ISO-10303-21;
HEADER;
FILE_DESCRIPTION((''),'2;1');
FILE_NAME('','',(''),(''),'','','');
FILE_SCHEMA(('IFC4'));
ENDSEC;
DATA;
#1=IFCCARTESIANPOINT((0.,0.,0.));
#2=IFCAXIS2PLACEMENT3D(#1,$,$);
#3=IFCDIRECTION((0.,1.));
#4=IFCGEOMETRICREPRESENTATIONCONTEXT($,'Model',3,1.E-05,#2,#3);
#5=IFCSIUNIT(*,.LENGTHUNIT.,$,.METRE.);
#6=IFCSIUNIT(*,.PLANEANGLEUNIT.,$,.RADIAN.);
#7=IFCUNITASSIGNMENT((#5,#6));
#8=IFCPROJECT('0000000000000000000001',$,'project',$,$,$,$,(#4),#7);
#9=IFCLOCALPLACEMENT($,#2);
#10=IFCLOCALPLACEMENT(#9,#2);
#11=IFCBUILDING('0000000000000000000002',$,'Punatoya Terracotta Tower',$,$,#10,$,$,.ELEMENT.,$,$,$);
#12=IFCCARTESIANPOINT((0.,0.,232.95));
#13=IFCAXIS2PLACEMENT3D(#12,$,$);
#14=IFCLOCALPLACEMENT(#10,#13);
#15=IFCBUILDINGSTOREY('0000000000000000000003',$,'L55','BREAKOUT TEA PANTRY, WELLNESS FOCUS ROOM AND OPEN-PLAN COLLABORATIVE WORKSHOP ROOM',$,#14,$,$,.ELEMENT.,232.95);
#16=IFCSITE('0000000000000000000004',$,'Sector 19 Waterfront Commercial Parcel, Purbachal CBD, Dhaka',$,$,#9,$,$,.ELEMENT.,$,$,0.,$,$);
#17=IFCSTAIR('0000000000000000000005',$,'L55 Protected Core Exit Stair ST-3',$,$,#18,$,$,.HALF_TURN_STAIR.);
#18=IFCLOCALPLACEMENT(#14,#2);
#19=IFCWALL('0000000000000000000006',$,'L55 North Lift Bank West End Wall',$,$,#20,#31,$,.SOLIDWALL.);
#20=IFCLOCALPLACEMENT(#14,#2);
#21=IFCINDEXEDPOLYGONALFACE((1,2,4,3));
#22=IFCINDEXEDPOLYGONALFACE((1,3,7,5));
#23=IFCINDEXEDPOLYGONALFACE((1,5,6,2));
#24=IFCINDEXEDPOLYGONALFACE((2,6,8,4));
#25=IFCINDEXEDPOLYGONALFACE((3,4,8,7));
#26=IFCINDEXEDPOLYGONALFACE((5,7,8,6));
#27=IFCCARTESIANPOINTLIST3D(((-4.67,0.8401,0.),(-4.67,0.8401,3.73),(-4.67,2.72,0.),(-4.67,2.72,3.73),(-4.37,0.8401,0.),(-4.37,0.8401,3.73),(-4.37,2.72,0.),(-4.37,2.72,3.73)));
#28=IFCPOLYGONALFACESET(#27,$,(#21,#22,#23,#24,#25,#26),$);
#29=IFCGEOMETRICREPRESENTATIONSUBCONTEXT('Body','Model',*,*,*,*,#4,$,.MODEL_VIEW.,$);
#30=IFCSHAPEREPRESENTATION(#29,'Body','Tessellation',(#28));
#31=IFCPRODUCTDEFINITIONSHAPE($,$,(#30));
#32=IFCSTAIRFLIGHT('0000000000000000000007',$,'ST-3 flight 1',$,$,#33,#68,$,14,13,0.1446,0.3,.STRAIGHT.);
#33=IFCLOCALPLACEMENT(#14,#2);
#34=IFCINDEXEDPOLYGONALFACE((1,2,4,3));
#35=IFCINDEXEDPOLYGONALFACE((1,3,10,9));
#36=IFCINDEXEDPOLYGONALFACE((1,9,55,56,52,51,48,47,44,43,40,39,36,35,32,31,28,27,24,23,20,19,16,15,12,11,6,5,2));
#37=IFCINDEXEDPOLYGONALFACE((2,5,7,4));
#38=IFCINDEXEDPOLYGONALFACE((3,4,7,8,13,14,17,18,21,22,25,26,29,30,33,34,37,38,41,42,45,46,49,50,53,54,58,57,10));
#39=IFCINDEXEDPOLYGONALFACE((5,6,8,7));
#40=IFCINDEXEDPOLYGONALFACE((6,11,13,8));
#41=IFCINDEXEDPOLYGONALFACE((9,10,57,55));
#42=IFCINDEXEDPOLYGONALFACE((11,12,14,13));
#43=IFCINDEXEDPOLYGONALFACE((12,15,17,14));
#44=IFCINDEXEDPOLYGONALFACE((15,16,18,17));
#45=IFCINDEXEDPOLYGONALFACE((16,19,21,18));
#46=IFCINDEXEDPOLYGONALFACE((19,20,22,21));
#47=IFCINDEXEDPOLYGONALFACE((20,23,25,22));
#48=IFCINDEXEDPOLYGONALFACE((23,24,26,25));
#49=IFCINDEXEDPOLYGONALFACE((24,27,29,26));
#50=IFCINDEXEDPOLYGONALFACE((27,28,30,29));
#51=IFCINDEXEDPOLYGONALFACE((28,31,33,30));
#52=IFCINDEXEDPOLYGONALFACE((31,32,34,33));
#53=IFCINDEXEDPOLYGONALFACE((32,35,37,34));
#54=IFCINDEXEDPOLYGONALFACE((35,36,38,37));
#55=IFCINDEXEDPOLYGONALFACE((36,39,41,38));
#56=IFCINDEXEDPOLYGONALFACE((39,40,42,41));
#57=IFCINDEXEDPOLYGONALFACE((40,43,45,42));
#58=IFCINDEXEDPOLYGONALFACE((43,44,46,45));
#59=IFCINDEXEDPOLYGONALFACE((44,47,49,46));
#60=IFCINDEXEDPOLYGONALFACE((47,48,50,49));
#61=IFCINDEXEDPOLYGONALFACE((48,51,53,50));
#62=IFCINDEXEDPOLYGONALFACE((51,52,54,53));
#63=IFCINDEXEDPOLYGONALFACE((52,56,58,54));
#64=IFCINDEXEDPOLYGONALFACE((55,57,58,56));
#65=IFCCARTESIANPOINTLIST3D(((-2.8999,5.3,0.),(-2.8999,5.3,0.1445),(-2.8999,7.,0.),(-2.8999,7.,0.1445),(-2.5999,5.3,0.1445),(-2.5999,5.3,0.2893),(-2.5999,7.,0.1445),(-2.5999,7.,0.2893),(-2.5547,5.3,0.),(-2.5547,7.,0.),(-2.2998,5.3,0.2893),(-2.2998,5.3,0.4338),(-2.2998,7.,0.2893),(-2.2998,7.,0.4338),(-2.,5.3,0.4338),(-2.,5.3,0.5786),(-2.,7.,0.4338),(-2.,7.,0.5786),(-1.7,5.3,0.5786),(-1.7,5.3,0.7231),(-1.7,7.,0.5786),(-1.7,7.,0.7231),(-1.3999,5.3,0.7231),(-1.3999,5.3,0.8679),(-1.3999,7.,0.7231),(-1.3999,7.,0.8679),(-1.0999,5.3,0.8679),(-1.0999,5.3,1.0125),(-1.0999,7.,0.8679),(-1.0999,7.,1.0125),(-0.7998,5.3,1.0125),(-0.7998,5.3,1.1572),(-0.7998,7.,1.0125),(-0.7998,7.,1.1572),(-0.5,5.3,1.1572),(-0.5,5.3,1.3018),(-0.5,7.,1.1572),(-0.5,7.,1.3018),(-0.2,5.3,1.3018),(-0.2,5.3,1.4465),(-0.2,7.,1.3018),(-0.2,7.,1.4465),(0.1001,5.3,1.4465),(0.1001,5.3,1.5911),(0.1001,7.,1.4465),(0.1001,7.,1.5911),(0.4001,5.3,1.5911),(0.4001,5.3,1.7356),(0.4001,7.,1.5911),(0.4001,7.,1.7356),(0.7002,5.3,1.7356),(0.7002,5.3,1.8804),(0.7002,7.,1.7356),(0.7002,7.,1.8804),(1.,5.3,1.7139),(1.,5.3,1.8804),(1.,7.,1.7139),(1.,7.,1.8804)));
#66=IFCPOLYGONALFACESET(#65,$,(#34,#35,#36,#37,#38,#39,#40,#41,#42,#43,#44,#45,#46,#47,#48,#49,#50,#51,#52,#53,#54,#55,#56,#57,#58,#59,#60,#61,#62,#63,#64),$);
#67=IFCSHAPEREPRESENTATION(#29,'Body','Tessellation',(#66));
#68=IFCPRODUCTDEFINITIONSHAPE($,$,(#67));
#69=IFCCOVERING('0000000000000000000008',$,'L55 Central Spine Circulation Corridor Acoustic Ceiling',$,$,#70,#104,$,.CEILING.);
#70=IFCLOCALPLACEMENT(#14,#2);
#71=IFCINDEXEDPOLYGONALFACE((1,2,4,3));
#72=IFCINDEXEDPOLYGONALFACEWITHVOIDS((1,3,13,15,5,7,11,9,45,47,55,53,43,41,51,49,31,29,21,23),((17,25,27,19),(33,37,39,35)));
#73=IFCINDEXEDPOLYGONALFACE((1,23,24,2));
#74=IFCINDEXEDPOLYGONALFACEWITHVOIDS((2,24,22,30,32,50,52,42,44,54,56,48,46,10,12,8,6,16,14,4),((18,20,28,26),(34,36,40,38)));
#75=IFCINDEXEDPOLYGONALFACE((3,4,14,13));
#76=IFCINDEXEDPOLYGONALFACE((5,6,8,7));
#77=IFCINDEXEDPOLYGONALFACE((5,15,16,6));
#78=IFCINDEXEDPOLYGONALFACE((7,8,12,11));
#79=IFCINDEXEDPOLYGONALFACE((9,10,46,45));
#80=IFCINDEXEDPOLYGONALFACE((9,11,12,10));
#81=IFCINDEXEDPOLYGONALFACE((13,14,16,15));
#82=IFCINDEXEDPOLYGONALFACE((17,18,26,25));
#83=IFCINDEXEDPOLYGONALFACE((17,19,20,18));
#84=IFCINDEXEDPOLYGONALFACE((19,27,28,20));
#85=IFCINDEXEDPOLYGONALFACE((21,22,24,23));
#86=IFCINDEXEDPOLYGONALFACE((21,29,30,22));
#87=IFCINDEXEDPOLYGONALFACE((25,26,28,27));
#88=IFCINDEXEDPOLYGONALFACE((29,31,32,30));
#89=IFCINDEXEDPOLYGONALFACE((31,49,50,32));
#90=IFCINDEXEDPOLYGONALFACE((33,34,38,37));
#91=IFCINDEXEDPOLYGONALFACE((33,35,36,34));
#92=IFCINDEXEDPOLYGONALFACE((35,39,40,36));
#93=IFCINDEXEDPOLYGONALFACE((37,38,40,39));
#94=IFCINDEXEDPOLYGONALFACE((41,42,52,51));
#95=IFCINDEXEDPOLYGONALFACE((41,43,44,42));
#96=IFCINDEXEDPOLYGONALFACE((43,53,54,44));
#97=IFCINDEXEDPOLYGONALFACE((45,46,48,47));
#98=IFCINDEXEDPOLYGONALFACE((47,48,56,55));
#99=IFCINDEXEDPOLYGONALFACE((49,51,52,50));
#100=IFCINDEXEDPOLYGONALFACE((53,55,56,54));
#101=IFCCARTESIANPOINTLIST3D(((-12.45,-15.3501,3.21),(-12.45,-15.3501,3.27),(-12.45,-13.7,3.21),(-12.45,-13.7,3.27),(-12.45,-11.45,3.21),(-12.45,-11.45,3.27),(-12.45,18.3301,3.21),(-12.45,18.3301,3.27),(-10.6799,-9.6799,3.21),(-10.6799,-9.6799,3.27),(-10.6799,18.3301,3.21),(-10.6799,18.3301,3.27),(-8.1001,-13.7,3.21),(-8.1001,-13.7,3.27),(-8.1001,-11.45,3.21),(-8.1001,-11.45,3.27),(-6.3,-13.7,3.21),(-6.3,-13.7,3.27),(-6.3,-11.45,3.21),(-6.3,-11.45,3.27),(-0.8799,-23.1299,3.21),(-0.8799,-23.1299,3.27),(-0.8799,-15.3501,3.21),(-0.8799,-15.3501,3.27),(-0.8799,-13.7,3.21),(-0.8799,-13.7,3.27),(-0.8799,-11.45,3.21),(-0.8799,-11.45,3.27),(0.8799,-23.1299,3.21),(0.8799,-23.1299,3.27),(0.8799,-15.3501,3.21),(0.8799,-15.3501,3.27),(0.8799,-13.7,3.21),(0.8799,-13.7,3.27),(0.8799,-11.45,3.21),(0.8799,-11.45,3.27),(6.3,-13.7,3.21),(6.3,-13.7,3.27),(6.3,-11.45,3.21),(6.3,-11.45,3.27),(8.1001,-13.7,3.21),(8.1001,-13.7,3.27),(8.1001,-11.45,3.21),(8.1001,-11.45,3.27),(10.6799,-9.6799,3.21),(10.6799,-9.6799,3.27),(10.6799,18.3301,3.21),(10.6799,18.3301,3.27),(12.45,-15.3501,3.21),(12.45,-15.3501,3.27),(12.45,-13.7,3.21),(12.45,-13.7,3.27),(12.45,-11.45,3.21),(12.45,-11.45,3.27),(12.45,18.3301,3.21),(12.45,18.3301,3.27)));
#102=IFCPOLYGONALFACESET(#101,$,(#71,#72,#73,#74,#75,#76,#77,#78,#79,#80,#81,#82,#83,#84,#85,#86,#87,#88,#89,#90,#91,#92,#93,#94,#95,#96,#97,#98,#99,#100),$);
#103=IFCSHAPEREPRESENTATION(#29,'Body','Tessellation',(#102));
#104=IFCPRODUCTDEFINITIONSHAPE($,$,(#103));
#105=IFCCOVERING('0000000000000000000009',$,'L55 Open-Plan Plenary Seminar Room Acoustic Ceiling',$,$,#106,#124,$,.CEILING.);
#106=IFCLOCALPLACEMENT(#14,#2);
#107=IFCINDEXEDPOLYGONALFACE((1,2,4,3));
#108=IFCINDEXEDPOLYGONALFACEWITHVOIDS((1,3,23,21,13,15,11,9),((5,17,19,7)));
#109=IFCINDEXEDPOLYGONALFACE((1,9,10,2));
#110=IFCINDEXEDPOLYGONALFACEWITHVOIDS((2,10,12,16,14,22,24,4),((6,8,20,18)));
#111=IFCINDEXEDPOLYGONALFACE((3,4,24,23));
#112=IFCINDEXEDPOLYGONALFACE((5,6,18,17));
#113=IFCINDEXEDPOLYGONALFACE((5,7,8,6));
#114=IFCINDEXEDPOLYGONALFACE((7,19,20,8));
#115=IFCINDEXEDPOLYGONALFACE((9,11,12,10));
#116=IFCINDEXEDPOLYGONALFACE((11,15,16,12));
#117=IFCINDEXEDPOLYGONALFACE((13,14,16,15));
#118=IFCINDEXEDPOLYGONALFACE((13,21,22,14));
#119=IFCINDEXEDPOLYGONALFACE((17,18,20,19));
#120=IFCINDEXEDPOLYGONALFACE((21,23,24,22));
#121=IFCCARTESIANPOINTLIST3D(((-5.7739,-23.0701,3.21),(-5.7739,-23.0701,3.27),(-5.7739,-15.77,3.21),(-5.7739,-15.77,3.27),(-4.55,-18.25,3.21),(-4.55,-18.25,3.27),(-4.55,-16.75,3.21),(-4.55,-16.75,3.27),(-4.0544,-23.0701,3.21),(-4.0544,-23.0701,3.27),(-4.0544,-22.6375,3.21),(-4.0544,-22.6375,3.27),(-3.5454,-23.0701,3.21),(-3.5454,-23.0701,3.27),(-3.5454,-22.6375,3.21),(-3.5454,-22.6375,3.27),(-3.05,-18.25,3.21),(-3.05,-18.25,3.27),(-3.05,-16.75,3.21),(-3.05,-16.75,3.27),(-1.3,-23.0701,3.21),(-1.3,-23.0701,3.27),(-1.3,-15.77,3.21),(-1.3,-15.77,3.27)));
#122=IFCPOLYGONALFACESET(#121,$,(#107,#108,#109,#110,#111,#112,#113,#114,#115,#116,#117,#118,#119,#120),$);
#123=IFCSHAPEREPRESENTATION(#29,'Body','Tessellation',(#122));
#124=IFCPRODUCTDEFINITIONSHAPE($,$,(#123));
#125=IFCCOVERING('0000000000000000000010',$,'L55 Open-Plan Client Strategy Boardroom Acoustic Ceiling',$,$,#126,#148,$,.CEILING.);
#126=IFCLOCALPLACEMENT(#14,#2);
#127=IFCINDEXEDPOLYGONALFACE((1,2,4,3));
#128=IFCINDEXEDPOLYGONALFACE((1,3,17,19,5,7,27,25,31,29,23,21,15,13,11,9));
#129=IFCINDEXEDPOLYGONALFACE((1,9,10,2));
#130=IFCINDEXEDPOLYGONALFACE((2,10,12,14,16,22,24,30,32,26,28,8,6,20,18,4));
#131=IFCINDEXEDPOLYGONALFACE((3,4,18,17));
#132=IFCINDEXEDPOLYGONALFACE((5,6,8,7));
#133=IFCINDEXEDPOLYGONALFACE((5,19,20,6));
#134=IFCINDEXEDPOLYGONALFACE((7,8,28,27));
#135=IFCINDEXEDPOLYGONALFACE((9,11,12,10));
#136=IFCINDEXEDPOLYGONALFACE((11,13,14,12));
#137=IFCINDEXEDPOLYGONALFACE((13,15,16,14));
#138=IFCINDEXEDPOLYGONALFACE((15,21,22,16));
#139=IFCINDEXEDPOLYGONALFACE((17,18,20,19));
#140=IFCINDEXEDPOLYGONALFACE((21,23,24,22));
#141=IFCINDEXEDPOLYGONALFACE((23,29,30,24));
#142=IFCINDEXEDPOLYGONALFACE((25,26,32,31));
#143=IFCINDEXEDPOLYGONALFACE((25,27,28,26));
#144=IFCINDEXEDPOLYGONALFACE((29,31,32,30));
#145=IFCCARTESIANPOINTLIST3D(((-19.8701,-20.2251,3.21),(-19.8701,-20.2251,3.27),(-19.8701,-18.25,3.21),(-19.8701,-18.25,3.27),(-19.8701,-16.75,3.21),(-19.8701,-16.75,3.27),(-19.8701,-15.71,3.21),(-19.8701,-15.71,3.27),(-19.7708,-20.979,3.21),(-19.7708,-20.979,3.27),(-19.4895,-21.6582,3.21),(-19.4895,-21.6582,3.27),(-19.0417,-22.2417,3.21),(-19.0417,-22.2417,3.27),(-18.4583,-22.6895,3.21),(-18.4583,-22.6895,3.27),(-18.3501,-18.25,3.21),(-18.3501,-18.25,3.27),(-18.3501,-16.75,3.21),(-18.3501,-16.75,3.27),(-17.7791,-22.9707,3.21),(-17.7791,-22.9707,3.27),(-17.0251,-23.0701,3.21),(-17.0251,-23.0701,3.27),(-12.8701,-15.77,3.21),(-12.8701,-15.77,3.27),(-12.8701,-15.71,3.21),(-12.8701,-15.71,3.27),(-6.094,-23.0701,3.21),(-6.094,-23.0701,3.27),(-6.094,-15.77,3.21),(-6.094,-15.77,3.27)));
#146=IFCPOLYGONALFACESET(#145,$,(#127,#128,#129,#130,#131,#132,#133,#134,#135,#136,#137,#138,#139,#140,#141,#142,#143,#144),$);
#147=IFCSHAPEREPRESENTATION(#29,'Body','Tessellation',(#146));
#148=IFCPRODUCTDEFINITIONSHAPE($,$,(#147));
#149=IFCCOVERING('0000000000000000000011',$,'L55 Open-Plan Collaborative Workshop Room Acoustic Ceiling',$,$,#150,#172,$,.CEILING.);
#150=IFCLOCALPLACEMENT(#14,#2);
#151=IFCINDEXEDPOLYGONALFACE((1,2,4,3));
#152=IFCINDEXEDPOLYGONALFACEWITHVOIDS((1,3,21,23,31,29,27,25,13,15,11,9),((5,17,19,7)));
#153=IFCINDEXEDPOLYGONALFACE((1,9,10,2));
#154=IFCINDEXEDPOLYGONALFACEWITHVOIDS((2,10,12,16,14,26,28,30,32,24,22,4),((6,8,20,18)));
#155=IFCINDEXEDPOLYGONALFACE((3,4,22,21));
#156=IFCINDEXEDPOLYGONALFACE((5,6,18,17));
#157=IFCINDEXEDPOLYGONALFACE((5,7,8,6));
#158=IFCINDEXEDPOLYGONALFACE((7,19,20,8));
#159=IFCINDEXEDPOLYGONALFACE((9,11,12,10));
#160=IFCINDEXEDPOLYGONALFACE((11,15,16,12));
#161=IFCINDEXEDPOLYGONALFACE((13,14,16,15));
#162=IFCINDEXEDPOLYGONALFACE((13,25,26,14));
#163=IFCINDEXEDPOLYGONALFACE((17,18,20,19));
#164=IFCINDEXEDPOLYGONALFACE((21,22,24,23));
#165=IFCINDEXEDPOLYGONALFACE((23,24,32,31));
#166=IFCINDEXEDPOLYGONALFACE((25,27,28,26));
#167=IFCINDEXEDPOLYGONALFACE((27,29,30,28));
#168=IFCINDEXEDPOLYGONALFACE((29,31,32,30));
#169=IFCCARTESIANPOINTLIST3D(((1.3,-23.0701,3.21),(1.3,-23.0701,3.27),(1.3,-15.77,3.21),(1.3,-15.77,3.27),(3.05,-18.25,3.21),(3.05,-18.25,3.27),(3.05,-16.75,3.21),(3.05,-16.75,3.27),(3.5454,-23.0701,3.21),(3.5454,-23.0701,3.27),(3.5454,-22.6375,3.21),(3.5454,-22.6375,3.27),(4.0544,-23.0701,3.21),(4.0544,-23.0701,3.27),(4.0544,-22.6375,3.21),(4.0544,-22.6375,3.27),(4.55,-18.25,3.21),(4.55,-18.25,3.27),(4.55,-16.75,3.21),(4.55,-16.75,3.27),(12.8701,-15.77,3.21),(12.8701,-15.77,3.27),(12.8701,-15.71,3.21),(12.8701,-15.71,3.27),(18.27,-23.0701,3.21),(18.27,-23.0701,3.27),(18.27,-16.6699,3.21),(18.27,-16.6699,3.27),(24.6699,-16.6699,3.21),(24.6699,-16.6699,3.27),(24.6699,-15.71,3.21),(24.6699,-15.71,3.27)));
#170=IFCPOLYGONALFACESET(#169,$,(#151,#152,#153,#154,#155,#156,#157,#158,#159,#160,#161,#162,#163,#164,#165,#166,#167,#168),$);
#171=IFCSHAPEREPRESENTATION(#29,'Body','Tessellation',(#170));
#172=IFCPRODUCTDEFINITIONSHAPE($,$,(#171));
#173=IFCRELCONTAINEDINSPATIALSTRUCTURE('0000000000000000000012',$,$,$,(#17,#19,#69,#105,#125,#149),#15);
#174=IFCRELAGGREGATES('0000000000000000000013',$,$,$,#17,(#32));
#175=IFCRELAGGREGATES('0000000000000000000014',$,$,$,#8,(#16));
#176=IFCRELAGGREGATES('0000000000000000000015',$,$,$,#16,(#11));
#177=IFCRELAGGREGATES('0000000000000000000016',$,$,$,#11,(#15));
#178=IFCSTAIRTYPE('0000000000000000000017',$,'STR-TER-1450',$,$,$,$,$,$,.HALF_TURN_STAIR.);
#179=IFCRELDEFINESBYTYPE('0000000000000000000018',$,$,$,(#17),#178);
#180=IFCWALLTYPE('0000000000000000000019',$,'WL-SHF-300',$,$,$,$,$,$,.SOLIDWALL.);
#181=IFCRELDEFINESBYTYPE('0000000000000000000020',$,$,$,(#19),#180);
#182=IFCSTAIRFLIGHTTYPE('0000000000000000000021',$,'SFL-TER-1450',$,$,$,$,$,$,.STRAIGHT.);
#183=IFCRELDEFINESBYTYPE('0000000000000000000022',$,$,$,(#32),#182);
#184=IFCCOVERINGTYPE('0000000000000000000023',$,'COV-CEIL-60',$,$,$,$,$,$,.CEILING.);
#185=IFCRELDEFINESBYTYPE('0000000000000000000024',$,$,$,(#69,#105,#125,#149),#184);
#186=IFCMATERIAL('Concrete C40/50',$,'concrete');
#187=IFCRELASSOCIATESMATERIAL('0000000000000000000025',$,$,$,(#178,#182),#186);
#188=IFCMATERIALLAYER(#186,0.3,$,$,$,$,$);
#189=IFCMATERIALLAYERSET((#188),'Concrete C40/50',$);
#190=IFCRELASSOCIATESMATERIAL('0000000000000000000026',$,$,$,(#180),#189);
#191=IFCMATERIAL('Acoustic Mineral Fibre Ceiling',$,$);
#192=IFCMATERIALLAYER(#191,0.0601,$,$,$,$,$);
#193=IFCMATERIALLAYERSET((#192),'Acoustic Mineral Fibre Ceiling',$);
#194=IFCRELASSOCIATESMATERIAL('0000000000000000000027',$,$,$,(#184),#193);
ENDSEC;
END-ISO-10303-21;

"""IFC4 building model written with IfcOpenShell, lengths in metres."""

from ifc_helpers import new_model, si_unit, direction, frame, frame_2d, origin, place, context, subcontext, project, spatial, polyline, rectangle, outline, extrude, material, layer, layer_set, type_object, element, aggregate, save


model = new_model("IFC4")

# Units and contexts
model_context = context("Model", 3, precision=1e-05, world=origin(), true_north=direction((0.0, 1.0)))
body_context = subcontext(model_context, "Body", "Model", "MODEL_VIEW")
ifc_project = project(units=[si_unit("LENGTHUNIT", "METRE"), si_unit("PLANEANGLEUNIT", "RADIAN")], contexts=[model_context])

# Site, building, storey
site_placement = place(None, origin())
site = spatial("IfcSite", under=ifc_project, at=site_placement, Name="Sector 19 Waterfront Commercial Parcel, Purbachal CBD, Dhaka", CompositionType="ELEMENT", RefElevation=0.0)
building_placement = place(site_placement, origin())
building = spatial("IfcBuilding", under=site, at=building_placement, Name="Punatoya Terracotta Tower", CompositionType="ELEMENT")
storey_placement = place(building_placement, frame((0.0, 0.0, 232.95)))
storey = spatial("IfcBuildingStorey", under=building, at=storey_placement, Name="L55", Description="BREAKOUT TEA PANTRY, WELLNESS FOCUS ROOM AND OPEN-PLAN COLLABORATIVE WORKSHOP ROOM", CompositionType="ELEMENT", Elevation=232.95)

# Stair
ifc_material_1 = material(Name="Concrete C40/50", Category="concrete")
stair_type_1 = type_object("IfcStairType", Name="STR-TER-1450", PredefinedType="HALF_TURN_STAIR", material=ifc_material_1)
stair_1_placement = place(storey_placement, origin())
stair_1 = element("IfcStair", 1, at=stair_1_placement, inside=storey, type_object=stair_type_1, Name="L55 Protected Core Exit Stair ST-3", PredefinedType="HALF_TURN_STAIR")

# Shared definitions
ifc_layer_1 = layer(ifc_material_1, 0.3)
ifc_layer_set_1 = layer_set([ifc_layer_1], Name="Concrete C40/50")
wall_type_1 = type_object("IfcWallType", Name="WL-SHF-300", PredefinedType="SOLIDWALL", material=ifc_layer_set_1)

# Wall
wall_1_placement = place(storey_placement, frame((-4.52, 0.8401, 0.0), z_axis=(0.0, 0.0, 1.0), x_axis=(0.0, 1.0, 0.0)))
element("IfcWall", 2, at=wall_1_placement, inside=storey, type_object=wall_type_1, Name="L55 North Lift Bank West End Wall", PredefinedType="SOLIDWALL", context=body_context, shape_type="SweptSolid", body=[
    extrude(rectangle(XDim=1.8799, YDim=0.3, at=frame_2d((0.9399, 0.0))), origin(), (0.0, 0.0, 1.0), 3.73),
])

# Stair flight
stair_flight_type = type_object("IfcStairFlightType", Name="SFL-TER-1450", PredefinedType="STRAIGHT", material=ifc_material_1)
stair_flight_placement = place(storey_placement, frame((-2.8999, 6.1499, 0.0), z_axis=(0.0, 0.0, 1.0), x_axis=(1.0, 0.0, 0.0)))
stair_flight = element("IfcStairFlight", 3, at=stair_flight_placement, type_object=stair_flight_type, Name="ST-3 flight 1", NumberOfRisers=14, NumberOfTreads=13, PredefinedType="STRAIGHT", RiserHeight=0.1446, TreadLength=0.3, context=body_context, shape_type="SweptSolid", body=[
    extrude(outline(polyline([(0.0, 0.0), (0.0, 0.1445), (0.3, 0.1445), (0.3, 0.2893), (0.6001, 0.2893), (0.6001, 0.4338), (0.8999, 0.4338), (0.8999, 0.5786), (1.2, 0.5786), (1.2, 0.7231), (1.5, 0.7231), (1.5, 0.8679), (1.8, 0.8679), (1.8, 1.0125), (2.1001, 1.0125), (2.1001, 1.1572), (2.3999, 1.1572), (2.3999, 1.3018), (2.7, 1.3018), (2.7, 1.4465), (3.0, 1.4465), (3.0, 1.5911), (3.3, 1.5911), (3.3, 1.7356), (3.6001, 1.7356), (3.6001, 1.8804), (3.8999, 1.8804), (3.8999, 2.0249), (3.8999, 1.7139), (0.3452, 0.0), (0.0, 0.0)])), frame((0.0, 0.8501, 0.0), z_axis=(0.0, -1.0, 0.0), x_axis=(1.0, 0.0, 0.0)), (0.0, 0.0, 1.0), 1.7),
])
aggregate(stair_1, [stair_flight])

# Coverings
ifc_material_2 = material(Name="Acoustic Mineral Fibre Ceiling")
ifc_layer_2 = layer(ifc_material_2, 0.0601)
ifc_layer_set_2 = layer_set([ifc_layer_2], Name="Acoustic Mineral Fibre Ceiling")
covering_type = type_object("IfcCoveringType", Name="COV-CEIL-60", PredefinedType="CEILING", material=ifc_layer_set_2)
covering_1_placement = place(storey_placement, frame((0.0, 0.0, 3.21)))
element("IfcCovering", 4, at=covering_1_placement, inside=storey, type_object=covering_type, Name="L55 Central Spine Circulation Corridor Acoustic Ceiling", PredefinedType="CEILING", context=body_context, shape_type="SweptSolid", body=[
    extrude(outline(polyline([(0.8799, -23.1299), (0.8799, -15.3501), (12.45, -15.3501), (12.45, -13.7), (8.1001, -13.7), (8.1001, -11.45), (12.45, -11.45), (12.45, 18.3301), (10.6799, 18.3301), (10.6799, -9.6799), (-10.6799, -9.6799), (-10.6799, 18.3301), (-12.45, 18.3301), (-12.45, -11.45), (-8.1001, -11.45), (-8.1001, -13.7), (-12.45, -13.7), (-12.45, -15.3501), (-0.8799, -15.3501), (-0.8799, -23.1299), (0.8799, -23.1299)]), holes=[polyline([(0.8799, -11.45), (6.3, -11.45), (6.3, -13.7), (0.8799, -13.7), (0.8799, -11.45)]), polyline([(-6.3, -11.45), (-0.8799, -11.45), (-0.8799, -13.7), (-6.3, -13.7), (-6.3, -11.45)])]), origin(), (0.0, 0.0, 1.0), 0.0601),
])
covering_2_placement = place(storey_placement, frame((0.0, 0.0, 3.21)))
element("IfcCovering", 5, at=covering_2_placement, inside=storey, type_object=covering_type, Name="L55 Open-Plan Plenary Seminar Room Acoustic Ceiling", PredefinedType="CEILING", context=body_context, shape_type="SweptSolid", body=[
    extrude(outline(polyline([(-5.7739, -23.0701), (-4.0544, -23.0701), (-4.0544, -22.6375), (-3.5454, -22.6375), (-3.5454, -23.0701), (-1.3, -23.0701), (-1.3, -15.77), (-5.7739, -15.77), (-5.7739, -23.0701)]), holes=[polyline([(-3.05, -18.25), (-4.55, -18.25), (-4.55, -16.75), (-3.05, -16.75), (-3.05, -18.25)])]), origin(), (0.0, 0.0, 1.0), 0.0601),
])
covering_3_placement = place(storey_placement, frame((0.0, 0.0, 3.21)))
element("IfcCovering", 6, at=covering_3_placement, inside=storey, type_object=covering_type, Name="L55 Open-Plan Client Strategy Boardroom Acoustic Ceiling", PredefinedType="CEILING", context=body_context, shape_type="SweptSolid", body=[
    extrude(outline(polyline([(-19.8701, -18.25), (-19.8701, -20.2251), (-19.7708, -20.979), (-19.4895, -21.6582), (-19.0417, -22.2417), (-18.4583, -22.6895), (-17.7791, -22.9707), (-17.0251, -23.0701), (-6.094, -23.0701), (-6.094, -15.77), (-12.8701, -15.77), (-12.8701, -15.71), (-19.8701, -15.71), (-19.8701, -16.75), (-18.3501, -16.75), (-18.3501, -18.25), (-19.8701, -18.25)])), origin(), (0.0, 0.0, 1.0), 0.0601),
])
covering_4_placement = place(storey_placement, frame((0.0, 0.0, 3.21)))
element("IfcCovering", 7, at=covering_4_placement, inside=storey, type_object=covering_type, Name="L55 Open-Plan Collaborative Workshop Room Acoustic Ceiling", PredefinedType="CEILING", context=body_context, shape_type="SweptSolid", body=[
    extrude(outline(polyline([(12.8701, -15.77), (1.3, -15.77), (1.3, -23.0701), (3.5454, -23.0701), (3.5454, -22.6375), (4.0544, -22.6375), (4.0544, -23.0701), (18.27, -23.0701), (18.27, -16.6699), (24.6699, -16.6699), (24.6699, -15.71), (12.8701, -15.71), (12.8701, -15.77)]), holes=[polyline([(3.05, -18.25), (3.05, -16.75), (4.55, -16.75), (4.55, -18.25), (3.05, -18.25)])]), origin(), (0.0, 0.0, 1.0), 0.0601),
])

save(model, "model.ifc")
